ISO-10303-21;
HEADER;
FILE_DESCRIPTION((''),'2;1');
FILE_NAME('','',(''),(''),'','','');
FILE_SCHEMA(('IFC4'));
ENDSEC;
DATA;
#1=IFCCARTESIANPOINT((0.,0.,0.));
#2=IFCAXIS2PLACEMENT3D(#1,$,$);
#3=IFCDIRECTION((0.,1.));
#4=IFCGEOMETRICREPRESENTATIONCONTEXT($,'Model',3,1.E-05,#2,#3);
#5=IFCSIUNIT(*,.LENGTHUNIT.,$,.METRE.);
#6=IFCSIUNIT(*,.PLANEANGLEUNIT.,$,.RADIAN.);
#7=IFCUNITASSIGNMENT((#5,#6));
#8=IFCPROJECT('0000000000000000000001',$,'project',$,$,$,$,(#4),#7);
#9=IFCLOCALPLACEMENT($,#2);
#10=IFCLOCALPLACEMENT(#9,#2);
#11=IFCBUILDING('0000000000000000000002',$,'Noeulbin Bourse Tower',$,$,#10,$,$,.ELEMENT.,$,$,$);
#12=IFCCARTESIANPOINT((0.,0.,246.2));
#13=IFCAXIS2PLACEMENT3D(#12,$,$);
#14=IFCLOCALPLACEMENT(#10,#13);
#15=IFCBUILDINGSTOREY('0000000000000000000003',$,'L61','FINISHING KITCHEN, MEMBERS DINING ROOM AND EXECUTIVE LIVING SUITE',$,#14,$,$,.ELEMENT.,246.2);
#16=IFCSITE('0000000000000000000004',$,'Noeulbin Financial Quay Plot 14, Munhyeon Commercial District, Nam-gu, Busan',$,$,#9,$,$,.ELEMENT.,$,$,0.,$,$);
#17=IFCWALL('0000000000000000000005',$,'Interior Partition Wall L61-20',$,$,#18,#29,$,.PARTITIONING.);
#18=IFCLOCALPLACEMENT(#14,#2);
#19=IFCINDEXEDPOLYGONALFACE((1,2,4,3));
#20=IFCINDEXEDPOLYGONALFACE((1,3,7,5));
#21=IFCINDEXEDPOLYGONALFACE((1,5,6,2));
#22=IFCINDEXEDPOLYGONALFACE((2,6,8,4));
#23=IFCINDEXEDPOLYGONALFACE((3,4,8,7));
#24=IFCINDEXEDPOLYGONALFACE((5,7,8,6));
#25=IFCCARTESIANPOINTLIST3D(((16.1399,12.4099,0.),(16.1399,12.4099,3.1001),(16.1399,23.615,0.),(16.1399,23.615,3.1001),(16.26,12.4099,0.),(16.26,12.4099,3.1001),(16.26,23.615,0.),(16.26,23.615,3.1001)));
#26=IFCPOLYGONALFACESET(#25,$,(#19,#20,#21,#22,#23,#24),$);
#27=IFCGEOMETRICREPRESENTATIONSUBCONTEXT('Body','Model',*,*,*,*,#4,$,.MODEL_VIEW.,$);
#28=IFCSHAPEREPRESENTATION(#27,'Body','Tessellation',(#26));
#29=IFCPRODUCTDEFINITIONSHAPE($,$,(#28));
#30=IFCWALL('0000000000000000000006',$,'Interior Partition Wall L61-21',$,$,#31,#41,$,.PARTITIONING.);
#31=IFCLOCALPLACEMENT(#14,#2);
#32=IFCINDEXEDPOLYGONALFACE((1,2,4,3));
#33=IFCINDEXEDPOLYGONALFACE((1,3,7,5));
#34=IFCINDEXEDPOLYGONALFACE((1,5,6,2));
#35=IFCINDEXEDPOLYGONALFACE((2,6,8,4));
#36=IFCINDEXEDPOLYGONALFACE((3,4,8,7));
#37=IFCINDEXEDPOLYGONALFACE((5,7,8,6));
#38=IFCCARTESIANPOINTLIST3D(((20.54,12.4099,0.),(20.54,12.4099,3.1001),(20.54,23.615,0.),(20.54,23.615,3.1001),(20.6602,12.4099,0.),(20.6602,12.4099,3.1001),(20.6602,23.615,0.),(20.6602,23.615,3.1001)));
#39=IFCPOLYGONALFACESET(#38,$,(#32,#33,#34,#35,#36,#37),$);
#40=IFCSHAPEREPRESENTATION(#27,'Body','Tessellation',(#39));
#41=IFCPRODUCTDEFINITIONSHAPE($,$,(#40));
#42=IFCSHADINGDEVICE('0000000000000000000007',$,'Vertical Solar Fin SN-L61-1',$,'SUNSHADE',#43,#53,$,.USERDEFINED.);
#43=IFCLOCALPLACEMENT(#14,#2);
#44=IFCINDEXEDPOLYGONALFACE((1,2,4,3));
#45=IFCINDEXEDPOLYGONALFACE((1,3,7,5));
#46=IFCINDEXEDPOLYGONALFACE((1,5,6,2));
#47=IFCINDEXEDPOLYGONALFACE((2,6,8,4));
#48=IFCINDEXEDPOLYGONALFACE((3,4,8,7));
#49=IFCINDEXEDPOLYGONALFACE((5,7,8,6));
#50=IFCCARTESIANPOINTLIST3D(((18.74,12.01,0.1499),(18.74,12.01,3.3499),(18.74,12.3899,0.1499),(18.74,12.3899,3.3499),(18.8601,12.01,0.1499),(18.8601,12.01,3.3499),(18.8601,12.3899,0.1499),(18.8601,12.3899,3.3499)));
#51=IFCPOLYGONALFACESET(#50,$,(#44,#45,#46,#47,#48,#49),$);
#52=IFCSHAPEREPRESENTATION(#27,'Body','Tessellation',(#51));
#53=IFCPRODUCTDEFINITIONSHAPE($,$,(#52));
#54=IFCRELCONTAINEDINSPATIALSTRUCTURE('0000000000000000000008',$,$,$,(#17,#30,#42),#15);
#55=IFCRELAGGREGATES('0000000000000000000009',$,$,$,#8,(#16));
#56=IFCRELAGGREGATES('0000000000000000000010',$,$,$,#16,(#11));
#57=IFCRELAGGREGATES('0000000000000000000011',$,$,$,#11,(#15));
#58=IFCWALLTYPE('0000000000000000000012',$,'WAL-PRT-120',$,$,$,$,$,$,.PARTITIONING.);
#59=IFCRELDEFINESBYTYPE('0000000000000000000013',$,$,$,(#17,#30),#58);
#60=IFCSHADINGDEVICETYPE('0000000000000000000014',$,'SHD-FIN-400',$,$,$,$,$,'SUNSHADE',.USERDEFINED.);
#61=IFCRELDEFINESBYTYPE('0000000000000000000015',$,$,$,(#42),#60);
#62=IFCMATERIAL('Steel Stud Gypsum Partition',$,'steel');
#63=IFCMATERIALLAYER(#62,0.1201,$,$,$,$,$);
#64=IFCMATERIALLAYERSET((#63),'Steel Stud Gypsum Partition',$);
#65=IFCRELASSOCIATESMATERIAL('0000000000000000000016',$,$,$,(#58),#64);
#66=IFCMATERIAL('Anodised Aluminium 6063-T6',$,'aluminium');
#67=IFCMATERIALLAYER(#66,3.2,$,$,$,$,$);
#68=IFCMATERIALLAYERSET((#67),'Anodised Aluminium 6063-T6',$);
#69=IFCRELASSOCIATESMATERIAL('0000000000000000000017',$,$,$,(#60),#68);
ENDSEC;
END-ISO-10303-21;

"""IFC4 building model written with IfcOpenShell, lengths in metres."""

from ifc_helpers import new_model, si_unit, direction, frame, frame_2d, origin, origin_2d, place, context, subcontext, project, spatial, rectangle, extrude, material, layer, layer_set, type_object, element, save


model = new_model("IFC4")

# Units and contexts
model_context = context("Model", 3, precision=1e-05, world=origin(), true_north=direction((0.0, 1.0)))
body_context = subcontext(model_context, "Body", "Model", "MODEL_VIEW")
ifc_project = project(units=[si_unit("LENGTHUNIT", "METRE"), si_unit("PLANEANGLEUNIT", "RADIAN")], contexts=[model_context])

# Site, building, storey
site_placement = place(None, origin())
site = spatial("IfcSite", under=ifc_project, at=site_placement, Name="Noeulbin Financial Quay Plot 14, Munhyeon Commercial District, Nam-gu, Busan", CompositionType="ELEMENT", RefElevation=0.0)
building_placement = place(site_placement, origin())
building = spatial("IfcBuilding", under=site, at=building_placement, Name="Noeulbin Bourse Tower", CompositionType="ELEMENT")
storey_placement = place(building_placement, frame((0.0, 0.0, 246.2)))
storey = spatial("IfcBuildingStorey", under=building, at=storey_placement, Name="L61", Description="FINISHING KITCHEN, MEMBERS DINING ROOM AND EXECUTIVE LIVING SUITE", CompositionType="ELEMENT", Elevation=246.2)

# Shared definitions
ifc_material_1 = material(Name="Anodised Aluminium 6063-T6", Category="aluminium")

# Shared definitions
ifc_material_2 = material(Name="Steel Stud Gypsum Partition", Category="steel")
ifc_layer_1 = layer(ifc_material_2, 0.1201)
ifc_layer_set_1 = layer_set([ifc_layer_1], Name="Steel Stud Gypsum Partition")
wall_type = type_object("IfcWallType", Name="WAL-PRT-120", PredefinedType="PARTITIONING", material=ifc_layer_set_1)

# Walls
for number, where, z_axis, x_axis, name in (
    (1, (16.2, 12.4099, 0.0), (0.0, 0.0, 1.0), (0.0, 1.0, 0.0), "Interior Partition Wall L61-20"),
    (2, (20.6001, 12.4099, 0.0), (0.0, 0.0, 1.0), (0.0, 1.0, 0.0), "Interior Partition Wall L61-21"),
):
    element("IfcWall", number, at=place(storey_placement, frame(where, z_axis=z_axis, x_axis=x_axis)), inside=storey, type_object=wall_type, Name=name, PredefinedType="PARTITIONING", context=body_context, shape_type="SweptSolid", body=[
        extrude(rectangle(XDim=11.2051, YDim=0.1201, at=frame_2d((5.6025, 0.0))), origin(), (0.0, 0.0, 1.0), 3.1001),
    ])

# Shading device
ifc_layer_2 = layer(ifc_material_1, 3.2)
ifc_layer_set_2 = layer_set([ifc_layer_2], Name="Anodised Aluminium 6063-T6")
shading_device_type = type_object("IfcShadingDeviceType", Name="SHD-FIN-400", ElementType="SUNSHADE", PredefinedType="USERDEFINED", material=ifc_layer_set_2)
shading_device_placement = place(storey_placement, frame((18.8, 12.2, 0.1499), z_axis=(0.0, 0.0, 1.0), x_axis=(1.0, 0.0, 0.0)))
element("IfcShadingDevice", 3, at=shading_device_placement, inside=storey, type_object=shading_device_type, Name="Vertical Solar Fin SN-L61-1", ObjectType="SUNSHADE", PredefinedType="USERDEFINED", context=body_context, shape_type="SweptSolid", body=[
    extrude(rectangle(XDim=0.1201, YDim=0.3799, at=origin_2d()), origin(), (0.0, 0.0, 1.0), 3.2),
])

save(model, "model.ifc")
